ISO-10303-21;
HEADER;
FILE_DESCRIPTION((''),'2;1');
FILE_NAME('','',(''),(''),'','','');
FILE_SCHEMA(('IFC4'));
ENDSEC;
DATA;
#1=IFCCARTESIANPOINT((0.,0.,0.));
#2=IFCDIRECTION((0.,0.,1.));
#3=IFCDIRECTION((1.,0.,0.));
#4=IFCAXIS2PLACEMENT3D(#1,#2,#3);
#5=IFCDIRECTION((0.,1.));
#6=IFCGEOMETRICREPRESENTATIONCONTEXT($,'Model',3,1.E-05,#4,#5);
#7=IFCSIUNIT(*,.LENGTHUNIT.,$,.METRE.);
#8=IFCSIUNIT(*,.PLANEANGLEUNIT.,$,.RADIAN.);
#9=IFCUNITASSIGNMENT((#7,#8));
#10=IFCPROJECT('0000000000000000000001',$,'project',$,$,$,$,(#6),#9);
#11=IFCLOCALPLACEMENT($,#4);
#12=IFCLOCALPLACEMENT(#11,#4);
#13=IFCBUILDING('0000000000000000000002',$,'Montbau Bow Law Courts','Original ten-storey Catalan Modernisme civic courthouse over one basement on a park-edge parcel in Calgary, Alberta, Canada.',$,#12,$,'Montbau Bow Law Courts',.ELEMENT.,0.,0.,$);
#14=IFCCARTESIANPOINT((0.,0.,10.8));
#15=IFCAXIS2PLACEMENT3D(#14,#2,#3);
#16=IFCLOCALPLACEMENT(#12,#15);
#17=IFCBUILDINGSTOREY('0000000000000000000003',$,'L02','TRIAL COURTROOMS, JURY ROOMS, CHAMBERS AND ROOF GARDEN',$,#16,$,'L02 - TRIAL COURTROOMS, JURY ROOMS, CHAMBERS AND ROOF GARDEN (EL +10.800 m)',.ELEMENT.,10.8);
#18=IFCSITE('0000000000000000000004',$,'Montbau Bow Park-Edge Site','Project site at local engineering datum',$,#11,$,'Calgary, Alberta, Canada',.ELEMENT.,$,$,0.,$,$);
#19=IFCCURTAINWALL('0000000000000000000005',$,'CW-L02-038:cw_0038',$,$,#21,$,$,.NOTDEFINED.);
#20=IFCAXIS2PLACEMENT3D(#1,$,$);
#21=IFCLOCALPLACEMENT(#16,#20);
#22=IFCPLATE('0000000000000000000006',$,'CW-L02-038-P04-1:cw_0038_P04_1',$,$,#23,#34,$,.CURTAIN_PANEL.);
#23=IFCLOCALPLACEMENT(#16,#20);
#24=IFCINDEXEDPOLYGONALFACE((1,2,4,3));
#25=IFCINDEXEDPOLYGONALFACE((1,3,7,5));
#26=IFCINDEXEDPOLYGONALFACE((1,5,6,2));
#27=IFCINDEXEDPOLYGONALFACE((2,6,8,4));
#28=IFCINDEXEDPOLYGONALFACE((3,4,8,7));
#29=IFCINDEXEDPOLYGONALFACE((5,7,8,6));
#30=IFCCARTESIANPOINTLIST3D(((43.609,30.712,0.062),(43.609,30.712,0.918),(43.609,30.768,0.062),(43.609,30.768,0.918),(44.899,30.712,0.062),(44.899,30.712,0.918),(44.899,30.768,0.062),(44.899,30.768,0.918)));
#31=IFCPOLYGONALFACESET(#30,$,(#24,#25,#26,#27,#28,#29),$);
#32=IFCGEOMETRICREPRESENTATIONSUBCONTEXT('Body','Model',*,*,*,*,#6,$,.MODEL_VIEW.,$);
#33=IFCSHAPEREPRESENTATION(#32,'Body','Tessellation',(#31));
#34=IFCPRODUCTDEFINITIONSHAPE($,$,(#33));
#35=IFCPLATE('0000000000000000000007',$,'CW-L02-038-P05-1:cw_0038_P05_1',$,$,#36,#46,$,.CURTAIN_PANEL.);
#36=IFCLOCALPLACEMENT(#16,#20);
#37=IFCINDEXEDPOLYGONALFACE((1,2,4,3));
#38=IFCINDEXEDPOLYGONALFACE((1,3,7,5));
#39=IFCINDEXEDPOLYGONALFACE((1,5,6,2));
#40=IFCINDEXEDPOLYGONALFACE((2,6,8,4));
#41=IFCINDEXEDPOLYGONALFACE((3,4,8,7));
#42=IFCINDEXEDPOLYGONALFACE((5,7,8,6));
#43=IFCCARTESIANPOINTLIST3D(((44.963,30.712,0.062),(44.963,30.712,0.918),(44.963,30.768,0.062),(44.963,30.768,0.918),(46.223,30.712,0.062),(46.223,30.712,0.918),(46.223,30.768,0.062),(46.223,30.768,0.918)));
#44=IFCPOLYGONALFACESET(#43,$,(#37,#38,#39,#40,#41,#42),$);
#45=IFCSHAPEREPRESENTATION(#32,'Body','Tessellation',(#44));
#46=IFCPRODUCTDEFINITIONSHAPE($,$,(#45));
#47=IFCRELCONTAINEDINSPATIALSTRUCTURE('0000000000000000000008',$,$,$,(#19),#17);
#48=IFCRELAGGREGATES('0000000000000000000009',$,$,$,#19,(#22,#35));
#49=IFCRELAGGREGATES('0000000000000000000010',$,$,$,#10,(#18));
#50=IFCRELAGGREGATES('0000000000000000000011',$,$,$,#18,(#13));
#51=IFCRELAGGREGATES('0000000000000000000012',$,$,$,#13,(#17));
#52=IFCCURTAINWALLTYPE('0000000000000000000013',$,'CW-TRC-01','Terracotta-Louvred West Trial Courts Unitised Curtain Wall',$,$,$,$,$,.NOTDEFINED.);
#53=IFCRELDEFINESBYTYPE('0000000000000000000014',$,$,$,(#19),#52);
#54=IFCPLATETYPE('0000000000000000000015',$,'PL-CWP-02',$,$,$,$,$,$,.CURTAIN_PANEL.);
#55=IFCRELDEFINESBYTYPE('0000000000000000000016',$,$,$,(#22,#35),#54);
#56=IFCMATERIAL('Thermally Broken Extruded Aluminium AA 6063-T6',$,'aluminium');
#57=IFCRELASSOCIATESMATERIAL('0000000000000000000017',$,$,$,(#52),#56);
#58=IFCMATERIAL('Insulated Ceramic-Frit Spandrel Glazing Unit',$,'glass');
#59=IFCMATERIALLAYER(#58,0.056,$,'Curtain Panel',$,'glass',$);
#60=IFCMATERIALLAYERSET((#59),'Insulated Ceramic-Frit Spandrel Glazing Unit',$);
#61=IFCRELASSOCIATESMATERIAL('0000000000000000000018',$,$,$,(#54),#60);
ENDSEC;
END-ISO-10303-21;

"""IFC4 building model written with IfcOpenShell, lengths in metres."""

from ifc_helpers import new_model, si_unit, direction, frame, frame_2d, origin_with_axes, place, context, subcontext, project, spatial, rectangle, extrude, material, layer, layer_set, type_object, element, aggregate, save


model = new_model("IFC4")

# Units and contexts
model_context = context("Model", 3, precision=1e-05, world=origin_with_axes(), true_north=direction((0.0, 1.0)))
body_context = subcontext(model_context, "Body", "Model", "MODEL_VIEW")
ifc_project = project(units=[si_unit("LENGTHUNIT", "METRE"), si_unit("PLANEANGLEUNIT", "RADIAN")], contexts=[model_context])

# Site, building, storey
site_placement = place(None, origin_with_axes())
site = spatial("IfcSite", under=ifc_project, at=site_placement, Name="Montbau Bow Park-Edge Site", Description="Project site at local engineering datum", LongName="Calgary, Alberta, Canada", CompositionType="ELEMENT", RefElevation=0.0)
building_placement = place(site_placement, origin_with_axes())
building = spatial("IfcBuilding", under=site, at=building_placement, Name="Montbau Bow Law Courts", Description="Original ten-storey Catalan Modernisme civic courthouse over one basement on a park-edge parcel in Calgary, Alberta, Canada.", LongName="Montbau Bow Law Courts", CompositionType="ELEMENT", ElevationOfRefHeight=0.0, ElevationOfTerrain=0.0)
storey_placement = place(building_placement, frame((0.0, 0.0, 10.8), z_axis=(0.0, 0.0, 1.0), x_axis=(1.0, 0.0, 0.0)))
storey = spatial("IfcBuildingStorey", under=building, at=storey_placement, Name="L02", Description="TRIAL COURTROOMS, JURY ROOMS, CHAMBERS AND ROOF GARDEN", LongName="L02 - TRIAL COURTROOMS, JURY ROOMS, CHAMBERS AND ROOF GARDEN (EL +10.800 m)", CompositionType="ELEMENT", Elevation=10.8)

# Curtain wall, plates
ifc_material_1 = material(Name="Thermally Broken Extruded Aluminium AA 6063-T6", Category="aluminium")
curtain_wall_type = type_object("IfcCurtainWallType", Name="CW-TRC-01", Description="Terracotta-Louvred West Trial Courts Unitised Curtain Wall", PredefinedType="NOTDEFINED", material=ifc_material_1)
curtain_wall_placement = place(None, frame((39.515, 30.74, 10.8), z_axis=(0.0, 0.0, 1.0), x_axis=(1.0, 0.0, 0.0)))
curtain_wall = element("IfcCurtainWall", 1, at=curtain_wall_placement, inside=storey, type_object=curtain_wall_type, Name="CW-L02-038:cw_0038", PredefinedType="NOTDEFINED")
ifc_material_2 = material(Name="Insulated Ceramic-Frit Spandrel Glazing Unit", Category="glass")
ifc_layer_1 = layer(ifc_material_2, 0.056, Name="Curtain Panel", Category="glass")
ifc_layer_set_1 = layer_set([ifc_layer_1], Name="Insulated Ceramic-Frit Spandrel Glazing Unit")
plate_type_1 = type_object("IfcPlateType", Name="PL-CWP-02", PredefinedType="CURTAIN_PANEL", material=ifc_layer_set_1)
plate_1_placement = place(None, frame((43.609, 30.74, 10.862), z_axis=(0.0, -1.0, 0.0), x_axis=(1.0, 0.0, 0.0)))
plate_1 = element("IfcPlate", 2, at=plate_1_placement, type_object=plate_type_1, Name="CW-L02-038-P04-1:cw_0038_P04_1", PredefinedType="CURTAIN_PANEL", context=body_context, shape_type="SweptSolid", body=[
    extrude(rectangle(XDim=1.29, YDim=0.856, at=frame_2d((0.645, 0.428), x_axis=(1.0, 0.0))), frame((0.0, 0.0, -0.028), z_axis=(0.0, 0.0, 1.0), x_axis=(1.0, 0.0, 0.0)), (0.0, 0.0, 1.0), 0.056),
])
plate_2_placement = place(None, frame((44.963, 30.74, 10.862), z_axis=(0.0, -1.0, 0.0), x_axis=(1.0, 0.0, 0.0)))
plate_2 = element("IfcPlate", 3, at=plate_2_placement, type_object=plate_type_1, Name="CW-L02-038-P05-1:cw_0038_P05_1", PredefinedType="CURTAIN_PANEL", context=body_context, shape_type="SweptSolid", body=[
    extrude(rectangle(XDim=1.26, YDim=0.856, at=frame_2d((0.63, 0.428), x_axis=(1.0, 0.0))), frame((0.0, 0.0, -0.028), z_axis=(0.0, 0.0, 1.0), x_axis=(1.0, 0.0, 0.0)), (0.0, 0.0, 1.0), 0.056),
])
aggregate(curtain_wall, [plate_1, plate_2])

save(model, "model.ifc")
